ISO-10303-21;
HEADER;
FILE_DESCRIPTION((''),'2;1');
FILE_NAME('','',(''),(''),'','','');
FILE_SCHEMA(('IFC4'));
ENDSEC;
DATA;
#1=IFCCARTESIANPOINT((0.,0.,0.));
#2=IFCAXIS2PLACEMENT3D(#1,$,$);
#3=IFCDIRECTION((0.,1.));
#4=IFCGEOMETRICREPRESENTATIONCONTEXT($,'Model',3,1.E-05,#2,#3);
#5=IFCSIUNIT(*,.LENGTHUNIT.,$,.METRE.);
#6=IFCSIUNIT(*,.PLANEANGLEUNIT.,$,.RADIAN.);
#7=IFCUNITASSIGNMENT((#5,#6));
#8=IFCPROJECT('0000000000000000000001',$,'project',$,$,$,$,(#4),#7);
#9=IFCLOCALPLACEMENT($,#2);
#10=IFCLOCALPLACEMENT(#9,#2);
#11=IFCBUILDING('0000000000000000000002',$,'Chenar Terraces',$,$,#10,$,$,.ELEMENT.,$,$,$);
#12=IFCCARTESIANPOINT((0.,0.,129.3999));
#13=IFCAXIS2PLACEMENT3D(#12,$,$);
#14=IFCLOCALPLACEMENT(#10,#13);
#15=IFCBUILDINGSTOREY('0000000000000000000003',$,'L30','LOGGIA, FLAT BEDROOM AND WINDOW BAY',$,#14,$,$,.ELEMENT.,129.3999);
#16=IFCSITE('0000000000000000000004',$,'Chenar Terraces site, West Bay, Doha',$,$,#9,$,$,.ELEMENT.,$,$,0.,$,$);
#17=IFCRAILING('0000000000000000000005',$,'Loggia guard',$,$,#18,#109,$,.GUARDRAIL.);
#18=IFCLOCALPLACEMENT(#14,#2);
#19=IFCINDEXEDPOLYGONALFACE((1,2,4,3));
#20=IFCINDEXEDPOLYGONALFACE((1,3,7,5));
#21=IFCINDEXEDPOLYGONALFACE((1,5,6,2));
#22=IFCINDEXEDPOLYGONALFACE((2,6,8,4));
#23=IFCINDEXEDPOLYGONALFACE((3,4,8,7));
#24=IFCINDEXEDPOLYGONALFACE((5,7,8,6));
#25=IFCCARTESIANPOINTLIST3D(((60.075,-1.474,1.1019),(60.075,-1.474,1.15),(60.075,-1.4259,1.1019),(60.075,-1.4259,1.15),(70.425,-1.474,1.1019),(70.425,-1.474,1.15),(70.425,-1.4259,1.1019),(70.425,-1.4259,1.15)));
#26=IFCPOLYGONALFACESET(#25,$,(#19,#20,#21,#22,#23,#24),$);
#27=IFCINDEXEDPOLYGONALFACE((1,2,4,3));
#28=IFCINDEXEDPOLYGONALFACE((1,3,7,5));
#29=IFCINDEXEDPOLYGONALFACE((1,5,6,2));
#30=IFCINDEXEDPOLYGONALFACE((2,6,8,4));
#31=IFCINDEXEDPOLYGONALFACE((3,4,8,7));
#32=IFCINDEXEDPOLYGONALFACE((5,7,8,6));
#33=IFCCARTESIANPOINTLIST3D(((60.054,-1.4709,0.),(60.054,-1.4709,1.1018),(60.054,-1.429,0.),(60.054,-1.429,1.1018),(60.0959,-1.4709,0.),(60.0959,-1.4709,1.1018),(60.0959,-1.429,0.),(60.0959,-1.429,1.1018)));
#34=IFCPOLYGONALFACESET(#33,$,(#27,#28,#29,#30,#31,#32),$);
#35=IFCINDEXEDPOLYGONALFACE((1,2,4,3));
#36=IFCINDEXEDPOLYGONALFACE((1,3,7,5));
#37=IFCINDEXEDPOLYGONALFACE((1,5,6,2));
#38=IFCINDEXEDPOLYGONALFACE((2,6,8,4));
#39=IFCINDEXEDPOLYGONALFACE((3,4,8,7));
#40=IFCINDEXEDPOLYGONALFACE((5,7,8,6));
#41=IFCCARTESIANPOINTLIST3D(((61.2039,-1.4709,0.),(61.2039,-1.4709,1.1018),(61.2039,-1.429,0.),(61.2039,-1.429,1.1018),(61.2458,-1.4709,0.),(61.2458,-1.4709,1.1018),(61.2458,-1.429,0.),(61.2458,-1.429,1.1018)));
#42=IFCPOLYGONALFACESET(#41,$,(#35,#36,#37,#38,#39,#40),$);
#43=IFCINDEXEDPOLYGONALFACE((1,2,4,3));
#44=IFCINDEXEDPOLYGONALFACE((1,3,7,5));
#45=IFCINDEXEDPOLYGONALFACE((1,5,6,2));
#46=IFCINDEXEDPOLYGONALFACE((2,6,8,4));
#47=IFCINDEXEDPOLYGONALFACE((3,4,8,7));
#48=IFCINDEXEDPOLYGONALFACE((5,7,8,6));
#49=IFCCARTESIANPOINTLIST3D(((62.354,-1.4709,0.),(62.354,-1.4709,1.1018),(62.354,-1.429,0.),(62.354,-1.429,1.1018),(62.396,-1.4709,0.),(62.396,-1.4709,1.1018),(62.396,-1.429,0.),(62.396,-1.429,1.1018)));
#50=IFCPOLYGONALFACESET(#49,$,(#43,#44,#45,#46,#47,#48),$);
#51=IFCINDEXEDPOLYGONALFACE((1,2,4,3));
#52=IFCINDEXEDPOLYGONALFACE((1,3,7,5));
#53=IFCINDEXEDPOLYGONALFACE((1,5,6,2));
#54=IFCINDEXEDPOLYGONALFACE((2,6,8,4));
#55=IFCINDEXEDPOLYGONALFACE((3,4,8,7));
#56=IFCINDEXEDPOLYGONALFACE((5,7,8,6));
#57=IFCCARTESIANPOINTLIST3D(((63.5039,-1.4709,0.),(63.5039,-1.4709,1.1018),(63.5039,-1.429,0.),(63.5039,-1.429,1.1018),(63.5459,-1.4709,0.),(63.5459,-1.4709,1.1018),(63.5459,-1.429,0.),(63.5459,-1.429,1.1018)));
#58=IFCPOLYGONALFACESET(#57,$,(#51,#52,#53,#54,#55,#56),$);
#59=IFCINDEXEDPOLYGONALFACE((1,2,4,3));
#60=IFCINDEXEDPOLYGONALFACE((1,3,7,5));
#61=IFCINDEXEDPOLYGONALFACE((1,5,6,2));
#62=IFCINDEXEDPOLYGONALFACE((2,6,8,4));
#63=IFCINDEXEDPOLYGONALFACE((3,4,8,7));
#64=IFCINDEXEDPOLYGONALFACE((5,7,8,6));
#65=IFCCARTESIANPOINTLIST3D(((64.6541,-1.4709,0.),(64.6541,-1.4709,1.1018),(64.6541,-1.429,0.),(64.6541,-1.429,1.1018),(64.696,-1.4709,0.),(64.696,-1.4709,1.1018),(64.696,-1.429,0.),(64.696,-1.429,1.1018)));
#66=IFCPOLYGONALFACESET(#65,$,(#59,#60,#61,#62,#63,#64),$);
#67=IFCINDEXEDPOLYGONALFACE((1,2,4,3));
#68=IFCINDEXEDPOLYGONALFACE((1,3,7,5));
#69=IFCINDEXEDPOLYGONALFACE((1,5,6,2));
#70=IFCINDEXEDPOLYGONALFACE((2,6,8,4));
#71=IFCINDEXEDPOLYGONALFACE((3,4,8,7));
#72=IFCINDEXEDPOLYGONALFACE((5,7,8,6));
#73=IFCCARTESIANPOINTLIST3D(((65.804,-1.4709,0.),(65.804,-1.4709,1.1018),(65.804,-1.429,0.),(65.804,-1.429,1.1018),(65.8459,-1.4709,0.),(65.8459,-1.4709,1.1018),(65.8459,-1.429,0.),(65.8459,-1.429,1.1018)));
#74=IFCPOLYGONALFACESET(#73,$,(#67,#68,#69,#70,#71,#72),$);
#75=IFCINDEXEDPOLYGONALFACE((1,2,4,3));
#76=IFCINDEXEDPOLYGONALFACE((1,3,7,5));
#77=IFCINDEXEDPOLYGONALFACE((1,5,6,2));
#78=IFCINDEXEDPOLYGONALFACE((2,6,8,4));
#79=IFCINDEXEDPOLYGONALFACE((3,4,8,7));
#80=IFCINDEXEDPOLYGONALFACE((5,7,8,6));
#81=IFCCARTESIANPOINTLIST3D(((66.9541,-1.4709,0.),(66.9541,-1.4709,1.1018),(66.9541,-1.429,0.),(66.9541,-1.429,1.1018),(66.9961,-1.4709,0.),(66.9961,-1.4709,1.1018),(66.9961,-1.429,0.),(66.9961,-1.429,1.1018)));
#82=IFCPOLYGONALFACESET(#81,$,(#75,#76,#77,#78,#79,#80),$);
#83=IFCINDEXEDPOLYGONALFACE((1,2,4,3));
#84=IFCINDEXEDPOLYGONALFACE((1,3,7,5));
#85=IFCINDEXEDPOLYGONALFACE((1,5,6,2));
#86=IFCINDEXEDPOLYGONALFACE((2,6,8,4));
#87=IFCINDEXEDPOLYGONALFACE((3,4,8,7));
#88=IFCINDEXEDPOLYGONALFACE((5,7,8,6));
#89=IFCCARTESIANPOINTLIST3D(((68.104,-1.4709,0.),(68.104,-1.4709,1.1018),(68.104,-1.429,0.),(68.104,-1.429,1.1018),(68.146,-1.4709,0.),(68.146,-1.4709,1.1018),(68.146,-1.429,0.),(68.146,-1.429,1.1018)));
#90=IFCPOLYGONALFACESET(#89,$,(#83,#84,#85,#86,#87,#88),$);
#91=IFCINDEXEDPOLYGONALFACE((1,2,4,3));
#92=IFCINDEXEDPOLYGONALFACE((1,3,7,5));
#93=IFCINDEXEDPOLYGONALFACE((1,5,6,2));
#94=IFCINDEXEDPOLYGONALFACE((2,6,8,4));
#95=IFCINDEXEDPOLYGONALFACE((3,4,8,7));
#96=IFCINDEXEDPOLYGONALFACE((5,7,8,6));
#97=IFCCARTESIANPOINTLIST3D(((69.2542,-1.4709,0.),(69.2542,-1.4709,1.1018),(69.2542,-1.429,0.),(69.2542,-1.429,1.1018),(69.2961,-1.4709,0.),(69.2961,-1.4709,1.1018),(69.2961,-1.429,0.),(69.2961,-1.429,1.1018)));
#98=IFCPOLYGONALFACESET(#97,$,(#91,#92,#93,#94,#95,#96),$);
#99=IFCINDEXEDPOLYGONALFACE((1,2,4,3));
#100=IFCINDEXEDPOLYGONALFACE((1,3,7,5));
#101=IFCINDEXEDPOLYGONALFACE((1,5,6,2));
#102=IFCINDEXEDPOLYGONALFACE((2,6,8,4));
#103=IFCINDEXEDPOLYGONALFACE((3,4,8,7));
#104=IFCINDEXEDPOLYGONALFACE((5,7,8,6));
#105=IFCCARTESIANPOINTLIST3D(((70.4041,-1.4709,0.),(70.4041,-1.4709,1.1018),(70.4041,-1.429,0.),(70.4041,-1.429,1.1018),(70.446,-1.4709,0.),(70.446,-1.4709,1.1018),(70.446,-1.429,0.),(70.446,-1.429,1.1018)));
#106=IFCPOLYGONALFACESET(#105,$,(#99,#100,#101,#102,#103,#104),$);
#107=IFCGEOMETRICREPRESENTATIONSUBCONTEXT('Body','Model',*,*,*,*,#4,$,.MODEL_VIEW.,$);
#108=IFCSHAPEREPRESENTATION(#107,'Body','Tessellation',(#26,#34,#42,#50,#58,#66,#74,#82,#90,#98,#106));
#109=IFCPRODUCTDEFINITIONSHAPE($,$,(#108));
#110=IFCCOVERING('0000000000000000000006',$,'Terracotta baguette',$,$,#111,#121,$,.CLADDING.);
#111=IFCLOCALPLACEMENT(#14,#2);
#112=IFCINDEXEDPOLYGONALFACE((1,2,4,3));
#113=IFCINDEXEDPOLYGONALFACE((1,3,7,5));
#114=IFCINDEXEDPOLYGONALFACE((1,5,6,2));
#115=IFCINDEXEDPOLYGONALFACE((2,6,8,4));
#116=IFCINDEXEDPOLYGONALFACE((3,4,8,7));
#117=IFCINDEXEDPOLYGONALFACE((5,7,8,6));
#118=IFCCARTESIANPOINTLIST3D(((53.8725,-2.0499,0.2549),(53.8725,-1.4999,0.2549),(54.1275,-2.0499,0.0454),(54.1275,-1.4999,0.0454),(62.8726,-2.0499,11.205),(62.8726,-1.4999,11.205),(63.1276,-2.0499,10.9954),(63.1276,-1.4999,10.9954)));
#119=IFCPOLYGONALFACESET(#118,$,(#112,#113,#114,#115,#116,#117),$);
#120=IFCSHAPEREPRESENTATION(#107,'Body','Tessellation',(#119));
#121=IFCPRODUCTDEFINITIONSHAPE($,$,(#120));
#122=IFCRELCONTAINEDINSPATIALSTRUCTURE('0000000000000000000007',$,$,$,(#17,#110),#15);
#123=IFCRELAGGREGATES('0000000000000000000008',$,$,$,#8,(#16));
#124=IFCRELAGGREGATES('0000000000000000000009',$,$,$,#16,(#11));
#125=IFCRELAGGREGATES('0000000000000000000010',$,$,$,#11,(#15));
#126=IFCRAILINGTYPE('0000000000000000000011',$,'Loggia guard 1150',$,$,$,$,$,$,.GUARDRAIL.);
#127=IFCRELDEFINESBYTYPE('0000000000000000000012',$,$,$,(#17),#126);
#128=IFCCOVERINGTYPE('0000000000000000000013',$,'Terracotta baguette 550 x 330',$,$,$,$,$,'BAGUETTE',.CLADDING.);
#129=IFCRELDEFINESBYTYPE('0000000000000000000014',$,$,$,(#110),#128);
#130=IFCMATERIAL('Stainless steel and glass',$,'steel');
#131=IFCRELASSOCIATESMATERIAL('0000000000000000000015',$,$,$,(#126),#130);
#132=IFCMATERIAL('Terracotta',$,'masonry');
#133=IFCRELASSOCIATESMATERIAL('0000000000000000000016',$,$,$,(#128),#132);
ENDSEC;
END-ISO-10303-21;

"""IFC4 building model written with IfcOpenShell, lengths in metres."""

from ifc_helpers import new_model, si_unit, direction, frame, origin, origin_2d, place, context, subcontext, project, spatial, rectangle, extrude, material, material_profile, profile_set, type_object, element, save


model = new_model("IFC4")

# Units and contexts
model_context = context("Model", 3, precision=1e-05, world=origin(), true_north=direction((0.0, 1.0)))
body_context = subcontext(model_context, "Body", "Model", "MODEL_VIEW")
ifc_project = project(units=[si_unit("LENGTHUNIT", "METRE"), si_unit("PLANEANGLEUNIT", "RADIAN")], contexts=[model_context])

# Site, building, storey
site_placement = place(None, origin())
site = spatial("IfcSite", under=ifc_project, at=site_placement, Name="Chenar Terraces site, West Bay, Doha", CompositionType="ELEMENT", RefElevation=0.0)
building_placement = place(site_placement, origin())
building = spatial("IfcBuilding", under=site, at=building_placement, Name="Chenar Terraces", CompositionType="ELEMENT")
storey_placement = place(building_placement, frame((0.0, 0.0, 129.3999)))
storey = spatial("IfcBuildingStorey", under=building, at=storey_placement, Name="L30", Description="LOGGIA, FLAT BEDROOM AND WINDOW BAY", CompositionType="ELEMENT", Elevation=129.3999)

# Railing
ifc_material_1 = material(Name="Stainless steel and glass", Category="steel")
railing_type = type_object("IfcRailingType", Name="Loggia guard 1150", PredefinedType="GUARDRAIL", material=ifc_material_1)
railing_placement = place(storey_placement, frame((60.075, -1.45, 0.0)))
element("IfcRailing", 1, at=railing_placement, inside=storey, type_object=railing_type, Name="Loggia guard", PredefinedType="GUARDRAIL", context=body_context, shape_type="SweptSolid", body=[
    extrude(rectangle(XDim=0.0481, YDim=0.0481, at=origin_2d()), frame((0.0, 0.0, 1.126), z_axis=(1.0, 0.0, 0.0), x_axis=(0.0, 1.0, 0.0)), (0.0, 0.0, 1.0), 10.3501),
    extrude(rectangle(XDim=0.042, YDim=0.042, at=origin_2d()), origin(), (0.0, 0.0, 1.0), 1.1018),
    extrude(rectangle(XDim=0.042, YDim=0.042, at=origin_2d()), frame((1.1499, 0.0, 0.0)), (0.0, 0.0, 1.0), 1.1018),
    extrude(rectangle(XDim=0.042, YDim=0.042, at=origin_2d()), frame((2.3, 0.0, 0.0)), (0.0, 0.0, 1.0), 1.1018),
    extrude(rectangle(XDim=0.042, YDim=0.042, at=origin_2d()), frame((3.45, 0.0, 0.0)), (0.0, 0.0, 1.0), 1.1018),
    extrude(rectangle(XDim=0.042, YDim=0.042, at=origin_2d()), frame((4.6001, 0.0, 0.0)), (0.0, 0.0, 1.0), 1.1018),
    extrude(rectangle(XDim=0.042, YDim=0.042, at=origin_2d()), frame((5.75, 0.0, 0.0)), (0.0, 0.0, 1.0), 1.1018),
    extrude(rectangle(XDim=0.042, YDim=0.042, at=origin_2d()), frame((6.9001, 0.0, 0.0)), (0.0, 0.0, 1.0), 1.1018),
    extrude(rectangle(XDim=0.042, YDim=0.042, at=origin_2d()), frame((8.05, 0.0, 0.0)), (0.0, 0.0, 1.0), 1.1018),
    extrude(rectangle(XDim=0.042, YDim=0.042, at=origin_2d()), frame((9.2002, 0.0, 0.0)), (0.0, 0.0, 1.0), 1.1018),
    extrude(rectangle(XDim=0.042, YDim=0.042, at=origin_2d()), frame((10.3501, 0.0, 0.0)), (0.0, 0.0, 1.0), 1.1018),
])

# Covering
ifc_material_2 = material(Name="Terracotta", Category="masonry")
ifc_material_profile_1 = material_profile(ifc_material_2, rectangle(XDim=0.55, YDim=0.3301, at=origin_2d()), Name="Terracotta baguette 550 x 330")
ifc_profile_set_1 = profile_set([ifc_material_profile_1], Name="Terracotta")
covering_type = type_object("IfcCoveringType", Name="Terracotta baguette 550 x 330", ElementType="BAGUETTE", PredefinedType="CLADDING", material=ifc_profile_set_1)
covering_placement = place(storey_placement, frame((54.0, -1.7749, 0.1501), z_axis=(0.634967, 0.0, 0.772539), x_axis=(0.0, 1.0, 0.0)))
element("IfcCovering", 2, at=covering_placement, inside=storey, type_object=covering_type, Name="Terracotta baguette", PredefinedType="CLADDING", context=body_context, shape_type="SweptSolid", body=[
    extrude(rectangle(XDim=0.55, YDim=0.3301, at=origin_2d()), origin(), (0.0, 0.0, 1.0), 14.1741),
])

save(model, "model.ifc")
